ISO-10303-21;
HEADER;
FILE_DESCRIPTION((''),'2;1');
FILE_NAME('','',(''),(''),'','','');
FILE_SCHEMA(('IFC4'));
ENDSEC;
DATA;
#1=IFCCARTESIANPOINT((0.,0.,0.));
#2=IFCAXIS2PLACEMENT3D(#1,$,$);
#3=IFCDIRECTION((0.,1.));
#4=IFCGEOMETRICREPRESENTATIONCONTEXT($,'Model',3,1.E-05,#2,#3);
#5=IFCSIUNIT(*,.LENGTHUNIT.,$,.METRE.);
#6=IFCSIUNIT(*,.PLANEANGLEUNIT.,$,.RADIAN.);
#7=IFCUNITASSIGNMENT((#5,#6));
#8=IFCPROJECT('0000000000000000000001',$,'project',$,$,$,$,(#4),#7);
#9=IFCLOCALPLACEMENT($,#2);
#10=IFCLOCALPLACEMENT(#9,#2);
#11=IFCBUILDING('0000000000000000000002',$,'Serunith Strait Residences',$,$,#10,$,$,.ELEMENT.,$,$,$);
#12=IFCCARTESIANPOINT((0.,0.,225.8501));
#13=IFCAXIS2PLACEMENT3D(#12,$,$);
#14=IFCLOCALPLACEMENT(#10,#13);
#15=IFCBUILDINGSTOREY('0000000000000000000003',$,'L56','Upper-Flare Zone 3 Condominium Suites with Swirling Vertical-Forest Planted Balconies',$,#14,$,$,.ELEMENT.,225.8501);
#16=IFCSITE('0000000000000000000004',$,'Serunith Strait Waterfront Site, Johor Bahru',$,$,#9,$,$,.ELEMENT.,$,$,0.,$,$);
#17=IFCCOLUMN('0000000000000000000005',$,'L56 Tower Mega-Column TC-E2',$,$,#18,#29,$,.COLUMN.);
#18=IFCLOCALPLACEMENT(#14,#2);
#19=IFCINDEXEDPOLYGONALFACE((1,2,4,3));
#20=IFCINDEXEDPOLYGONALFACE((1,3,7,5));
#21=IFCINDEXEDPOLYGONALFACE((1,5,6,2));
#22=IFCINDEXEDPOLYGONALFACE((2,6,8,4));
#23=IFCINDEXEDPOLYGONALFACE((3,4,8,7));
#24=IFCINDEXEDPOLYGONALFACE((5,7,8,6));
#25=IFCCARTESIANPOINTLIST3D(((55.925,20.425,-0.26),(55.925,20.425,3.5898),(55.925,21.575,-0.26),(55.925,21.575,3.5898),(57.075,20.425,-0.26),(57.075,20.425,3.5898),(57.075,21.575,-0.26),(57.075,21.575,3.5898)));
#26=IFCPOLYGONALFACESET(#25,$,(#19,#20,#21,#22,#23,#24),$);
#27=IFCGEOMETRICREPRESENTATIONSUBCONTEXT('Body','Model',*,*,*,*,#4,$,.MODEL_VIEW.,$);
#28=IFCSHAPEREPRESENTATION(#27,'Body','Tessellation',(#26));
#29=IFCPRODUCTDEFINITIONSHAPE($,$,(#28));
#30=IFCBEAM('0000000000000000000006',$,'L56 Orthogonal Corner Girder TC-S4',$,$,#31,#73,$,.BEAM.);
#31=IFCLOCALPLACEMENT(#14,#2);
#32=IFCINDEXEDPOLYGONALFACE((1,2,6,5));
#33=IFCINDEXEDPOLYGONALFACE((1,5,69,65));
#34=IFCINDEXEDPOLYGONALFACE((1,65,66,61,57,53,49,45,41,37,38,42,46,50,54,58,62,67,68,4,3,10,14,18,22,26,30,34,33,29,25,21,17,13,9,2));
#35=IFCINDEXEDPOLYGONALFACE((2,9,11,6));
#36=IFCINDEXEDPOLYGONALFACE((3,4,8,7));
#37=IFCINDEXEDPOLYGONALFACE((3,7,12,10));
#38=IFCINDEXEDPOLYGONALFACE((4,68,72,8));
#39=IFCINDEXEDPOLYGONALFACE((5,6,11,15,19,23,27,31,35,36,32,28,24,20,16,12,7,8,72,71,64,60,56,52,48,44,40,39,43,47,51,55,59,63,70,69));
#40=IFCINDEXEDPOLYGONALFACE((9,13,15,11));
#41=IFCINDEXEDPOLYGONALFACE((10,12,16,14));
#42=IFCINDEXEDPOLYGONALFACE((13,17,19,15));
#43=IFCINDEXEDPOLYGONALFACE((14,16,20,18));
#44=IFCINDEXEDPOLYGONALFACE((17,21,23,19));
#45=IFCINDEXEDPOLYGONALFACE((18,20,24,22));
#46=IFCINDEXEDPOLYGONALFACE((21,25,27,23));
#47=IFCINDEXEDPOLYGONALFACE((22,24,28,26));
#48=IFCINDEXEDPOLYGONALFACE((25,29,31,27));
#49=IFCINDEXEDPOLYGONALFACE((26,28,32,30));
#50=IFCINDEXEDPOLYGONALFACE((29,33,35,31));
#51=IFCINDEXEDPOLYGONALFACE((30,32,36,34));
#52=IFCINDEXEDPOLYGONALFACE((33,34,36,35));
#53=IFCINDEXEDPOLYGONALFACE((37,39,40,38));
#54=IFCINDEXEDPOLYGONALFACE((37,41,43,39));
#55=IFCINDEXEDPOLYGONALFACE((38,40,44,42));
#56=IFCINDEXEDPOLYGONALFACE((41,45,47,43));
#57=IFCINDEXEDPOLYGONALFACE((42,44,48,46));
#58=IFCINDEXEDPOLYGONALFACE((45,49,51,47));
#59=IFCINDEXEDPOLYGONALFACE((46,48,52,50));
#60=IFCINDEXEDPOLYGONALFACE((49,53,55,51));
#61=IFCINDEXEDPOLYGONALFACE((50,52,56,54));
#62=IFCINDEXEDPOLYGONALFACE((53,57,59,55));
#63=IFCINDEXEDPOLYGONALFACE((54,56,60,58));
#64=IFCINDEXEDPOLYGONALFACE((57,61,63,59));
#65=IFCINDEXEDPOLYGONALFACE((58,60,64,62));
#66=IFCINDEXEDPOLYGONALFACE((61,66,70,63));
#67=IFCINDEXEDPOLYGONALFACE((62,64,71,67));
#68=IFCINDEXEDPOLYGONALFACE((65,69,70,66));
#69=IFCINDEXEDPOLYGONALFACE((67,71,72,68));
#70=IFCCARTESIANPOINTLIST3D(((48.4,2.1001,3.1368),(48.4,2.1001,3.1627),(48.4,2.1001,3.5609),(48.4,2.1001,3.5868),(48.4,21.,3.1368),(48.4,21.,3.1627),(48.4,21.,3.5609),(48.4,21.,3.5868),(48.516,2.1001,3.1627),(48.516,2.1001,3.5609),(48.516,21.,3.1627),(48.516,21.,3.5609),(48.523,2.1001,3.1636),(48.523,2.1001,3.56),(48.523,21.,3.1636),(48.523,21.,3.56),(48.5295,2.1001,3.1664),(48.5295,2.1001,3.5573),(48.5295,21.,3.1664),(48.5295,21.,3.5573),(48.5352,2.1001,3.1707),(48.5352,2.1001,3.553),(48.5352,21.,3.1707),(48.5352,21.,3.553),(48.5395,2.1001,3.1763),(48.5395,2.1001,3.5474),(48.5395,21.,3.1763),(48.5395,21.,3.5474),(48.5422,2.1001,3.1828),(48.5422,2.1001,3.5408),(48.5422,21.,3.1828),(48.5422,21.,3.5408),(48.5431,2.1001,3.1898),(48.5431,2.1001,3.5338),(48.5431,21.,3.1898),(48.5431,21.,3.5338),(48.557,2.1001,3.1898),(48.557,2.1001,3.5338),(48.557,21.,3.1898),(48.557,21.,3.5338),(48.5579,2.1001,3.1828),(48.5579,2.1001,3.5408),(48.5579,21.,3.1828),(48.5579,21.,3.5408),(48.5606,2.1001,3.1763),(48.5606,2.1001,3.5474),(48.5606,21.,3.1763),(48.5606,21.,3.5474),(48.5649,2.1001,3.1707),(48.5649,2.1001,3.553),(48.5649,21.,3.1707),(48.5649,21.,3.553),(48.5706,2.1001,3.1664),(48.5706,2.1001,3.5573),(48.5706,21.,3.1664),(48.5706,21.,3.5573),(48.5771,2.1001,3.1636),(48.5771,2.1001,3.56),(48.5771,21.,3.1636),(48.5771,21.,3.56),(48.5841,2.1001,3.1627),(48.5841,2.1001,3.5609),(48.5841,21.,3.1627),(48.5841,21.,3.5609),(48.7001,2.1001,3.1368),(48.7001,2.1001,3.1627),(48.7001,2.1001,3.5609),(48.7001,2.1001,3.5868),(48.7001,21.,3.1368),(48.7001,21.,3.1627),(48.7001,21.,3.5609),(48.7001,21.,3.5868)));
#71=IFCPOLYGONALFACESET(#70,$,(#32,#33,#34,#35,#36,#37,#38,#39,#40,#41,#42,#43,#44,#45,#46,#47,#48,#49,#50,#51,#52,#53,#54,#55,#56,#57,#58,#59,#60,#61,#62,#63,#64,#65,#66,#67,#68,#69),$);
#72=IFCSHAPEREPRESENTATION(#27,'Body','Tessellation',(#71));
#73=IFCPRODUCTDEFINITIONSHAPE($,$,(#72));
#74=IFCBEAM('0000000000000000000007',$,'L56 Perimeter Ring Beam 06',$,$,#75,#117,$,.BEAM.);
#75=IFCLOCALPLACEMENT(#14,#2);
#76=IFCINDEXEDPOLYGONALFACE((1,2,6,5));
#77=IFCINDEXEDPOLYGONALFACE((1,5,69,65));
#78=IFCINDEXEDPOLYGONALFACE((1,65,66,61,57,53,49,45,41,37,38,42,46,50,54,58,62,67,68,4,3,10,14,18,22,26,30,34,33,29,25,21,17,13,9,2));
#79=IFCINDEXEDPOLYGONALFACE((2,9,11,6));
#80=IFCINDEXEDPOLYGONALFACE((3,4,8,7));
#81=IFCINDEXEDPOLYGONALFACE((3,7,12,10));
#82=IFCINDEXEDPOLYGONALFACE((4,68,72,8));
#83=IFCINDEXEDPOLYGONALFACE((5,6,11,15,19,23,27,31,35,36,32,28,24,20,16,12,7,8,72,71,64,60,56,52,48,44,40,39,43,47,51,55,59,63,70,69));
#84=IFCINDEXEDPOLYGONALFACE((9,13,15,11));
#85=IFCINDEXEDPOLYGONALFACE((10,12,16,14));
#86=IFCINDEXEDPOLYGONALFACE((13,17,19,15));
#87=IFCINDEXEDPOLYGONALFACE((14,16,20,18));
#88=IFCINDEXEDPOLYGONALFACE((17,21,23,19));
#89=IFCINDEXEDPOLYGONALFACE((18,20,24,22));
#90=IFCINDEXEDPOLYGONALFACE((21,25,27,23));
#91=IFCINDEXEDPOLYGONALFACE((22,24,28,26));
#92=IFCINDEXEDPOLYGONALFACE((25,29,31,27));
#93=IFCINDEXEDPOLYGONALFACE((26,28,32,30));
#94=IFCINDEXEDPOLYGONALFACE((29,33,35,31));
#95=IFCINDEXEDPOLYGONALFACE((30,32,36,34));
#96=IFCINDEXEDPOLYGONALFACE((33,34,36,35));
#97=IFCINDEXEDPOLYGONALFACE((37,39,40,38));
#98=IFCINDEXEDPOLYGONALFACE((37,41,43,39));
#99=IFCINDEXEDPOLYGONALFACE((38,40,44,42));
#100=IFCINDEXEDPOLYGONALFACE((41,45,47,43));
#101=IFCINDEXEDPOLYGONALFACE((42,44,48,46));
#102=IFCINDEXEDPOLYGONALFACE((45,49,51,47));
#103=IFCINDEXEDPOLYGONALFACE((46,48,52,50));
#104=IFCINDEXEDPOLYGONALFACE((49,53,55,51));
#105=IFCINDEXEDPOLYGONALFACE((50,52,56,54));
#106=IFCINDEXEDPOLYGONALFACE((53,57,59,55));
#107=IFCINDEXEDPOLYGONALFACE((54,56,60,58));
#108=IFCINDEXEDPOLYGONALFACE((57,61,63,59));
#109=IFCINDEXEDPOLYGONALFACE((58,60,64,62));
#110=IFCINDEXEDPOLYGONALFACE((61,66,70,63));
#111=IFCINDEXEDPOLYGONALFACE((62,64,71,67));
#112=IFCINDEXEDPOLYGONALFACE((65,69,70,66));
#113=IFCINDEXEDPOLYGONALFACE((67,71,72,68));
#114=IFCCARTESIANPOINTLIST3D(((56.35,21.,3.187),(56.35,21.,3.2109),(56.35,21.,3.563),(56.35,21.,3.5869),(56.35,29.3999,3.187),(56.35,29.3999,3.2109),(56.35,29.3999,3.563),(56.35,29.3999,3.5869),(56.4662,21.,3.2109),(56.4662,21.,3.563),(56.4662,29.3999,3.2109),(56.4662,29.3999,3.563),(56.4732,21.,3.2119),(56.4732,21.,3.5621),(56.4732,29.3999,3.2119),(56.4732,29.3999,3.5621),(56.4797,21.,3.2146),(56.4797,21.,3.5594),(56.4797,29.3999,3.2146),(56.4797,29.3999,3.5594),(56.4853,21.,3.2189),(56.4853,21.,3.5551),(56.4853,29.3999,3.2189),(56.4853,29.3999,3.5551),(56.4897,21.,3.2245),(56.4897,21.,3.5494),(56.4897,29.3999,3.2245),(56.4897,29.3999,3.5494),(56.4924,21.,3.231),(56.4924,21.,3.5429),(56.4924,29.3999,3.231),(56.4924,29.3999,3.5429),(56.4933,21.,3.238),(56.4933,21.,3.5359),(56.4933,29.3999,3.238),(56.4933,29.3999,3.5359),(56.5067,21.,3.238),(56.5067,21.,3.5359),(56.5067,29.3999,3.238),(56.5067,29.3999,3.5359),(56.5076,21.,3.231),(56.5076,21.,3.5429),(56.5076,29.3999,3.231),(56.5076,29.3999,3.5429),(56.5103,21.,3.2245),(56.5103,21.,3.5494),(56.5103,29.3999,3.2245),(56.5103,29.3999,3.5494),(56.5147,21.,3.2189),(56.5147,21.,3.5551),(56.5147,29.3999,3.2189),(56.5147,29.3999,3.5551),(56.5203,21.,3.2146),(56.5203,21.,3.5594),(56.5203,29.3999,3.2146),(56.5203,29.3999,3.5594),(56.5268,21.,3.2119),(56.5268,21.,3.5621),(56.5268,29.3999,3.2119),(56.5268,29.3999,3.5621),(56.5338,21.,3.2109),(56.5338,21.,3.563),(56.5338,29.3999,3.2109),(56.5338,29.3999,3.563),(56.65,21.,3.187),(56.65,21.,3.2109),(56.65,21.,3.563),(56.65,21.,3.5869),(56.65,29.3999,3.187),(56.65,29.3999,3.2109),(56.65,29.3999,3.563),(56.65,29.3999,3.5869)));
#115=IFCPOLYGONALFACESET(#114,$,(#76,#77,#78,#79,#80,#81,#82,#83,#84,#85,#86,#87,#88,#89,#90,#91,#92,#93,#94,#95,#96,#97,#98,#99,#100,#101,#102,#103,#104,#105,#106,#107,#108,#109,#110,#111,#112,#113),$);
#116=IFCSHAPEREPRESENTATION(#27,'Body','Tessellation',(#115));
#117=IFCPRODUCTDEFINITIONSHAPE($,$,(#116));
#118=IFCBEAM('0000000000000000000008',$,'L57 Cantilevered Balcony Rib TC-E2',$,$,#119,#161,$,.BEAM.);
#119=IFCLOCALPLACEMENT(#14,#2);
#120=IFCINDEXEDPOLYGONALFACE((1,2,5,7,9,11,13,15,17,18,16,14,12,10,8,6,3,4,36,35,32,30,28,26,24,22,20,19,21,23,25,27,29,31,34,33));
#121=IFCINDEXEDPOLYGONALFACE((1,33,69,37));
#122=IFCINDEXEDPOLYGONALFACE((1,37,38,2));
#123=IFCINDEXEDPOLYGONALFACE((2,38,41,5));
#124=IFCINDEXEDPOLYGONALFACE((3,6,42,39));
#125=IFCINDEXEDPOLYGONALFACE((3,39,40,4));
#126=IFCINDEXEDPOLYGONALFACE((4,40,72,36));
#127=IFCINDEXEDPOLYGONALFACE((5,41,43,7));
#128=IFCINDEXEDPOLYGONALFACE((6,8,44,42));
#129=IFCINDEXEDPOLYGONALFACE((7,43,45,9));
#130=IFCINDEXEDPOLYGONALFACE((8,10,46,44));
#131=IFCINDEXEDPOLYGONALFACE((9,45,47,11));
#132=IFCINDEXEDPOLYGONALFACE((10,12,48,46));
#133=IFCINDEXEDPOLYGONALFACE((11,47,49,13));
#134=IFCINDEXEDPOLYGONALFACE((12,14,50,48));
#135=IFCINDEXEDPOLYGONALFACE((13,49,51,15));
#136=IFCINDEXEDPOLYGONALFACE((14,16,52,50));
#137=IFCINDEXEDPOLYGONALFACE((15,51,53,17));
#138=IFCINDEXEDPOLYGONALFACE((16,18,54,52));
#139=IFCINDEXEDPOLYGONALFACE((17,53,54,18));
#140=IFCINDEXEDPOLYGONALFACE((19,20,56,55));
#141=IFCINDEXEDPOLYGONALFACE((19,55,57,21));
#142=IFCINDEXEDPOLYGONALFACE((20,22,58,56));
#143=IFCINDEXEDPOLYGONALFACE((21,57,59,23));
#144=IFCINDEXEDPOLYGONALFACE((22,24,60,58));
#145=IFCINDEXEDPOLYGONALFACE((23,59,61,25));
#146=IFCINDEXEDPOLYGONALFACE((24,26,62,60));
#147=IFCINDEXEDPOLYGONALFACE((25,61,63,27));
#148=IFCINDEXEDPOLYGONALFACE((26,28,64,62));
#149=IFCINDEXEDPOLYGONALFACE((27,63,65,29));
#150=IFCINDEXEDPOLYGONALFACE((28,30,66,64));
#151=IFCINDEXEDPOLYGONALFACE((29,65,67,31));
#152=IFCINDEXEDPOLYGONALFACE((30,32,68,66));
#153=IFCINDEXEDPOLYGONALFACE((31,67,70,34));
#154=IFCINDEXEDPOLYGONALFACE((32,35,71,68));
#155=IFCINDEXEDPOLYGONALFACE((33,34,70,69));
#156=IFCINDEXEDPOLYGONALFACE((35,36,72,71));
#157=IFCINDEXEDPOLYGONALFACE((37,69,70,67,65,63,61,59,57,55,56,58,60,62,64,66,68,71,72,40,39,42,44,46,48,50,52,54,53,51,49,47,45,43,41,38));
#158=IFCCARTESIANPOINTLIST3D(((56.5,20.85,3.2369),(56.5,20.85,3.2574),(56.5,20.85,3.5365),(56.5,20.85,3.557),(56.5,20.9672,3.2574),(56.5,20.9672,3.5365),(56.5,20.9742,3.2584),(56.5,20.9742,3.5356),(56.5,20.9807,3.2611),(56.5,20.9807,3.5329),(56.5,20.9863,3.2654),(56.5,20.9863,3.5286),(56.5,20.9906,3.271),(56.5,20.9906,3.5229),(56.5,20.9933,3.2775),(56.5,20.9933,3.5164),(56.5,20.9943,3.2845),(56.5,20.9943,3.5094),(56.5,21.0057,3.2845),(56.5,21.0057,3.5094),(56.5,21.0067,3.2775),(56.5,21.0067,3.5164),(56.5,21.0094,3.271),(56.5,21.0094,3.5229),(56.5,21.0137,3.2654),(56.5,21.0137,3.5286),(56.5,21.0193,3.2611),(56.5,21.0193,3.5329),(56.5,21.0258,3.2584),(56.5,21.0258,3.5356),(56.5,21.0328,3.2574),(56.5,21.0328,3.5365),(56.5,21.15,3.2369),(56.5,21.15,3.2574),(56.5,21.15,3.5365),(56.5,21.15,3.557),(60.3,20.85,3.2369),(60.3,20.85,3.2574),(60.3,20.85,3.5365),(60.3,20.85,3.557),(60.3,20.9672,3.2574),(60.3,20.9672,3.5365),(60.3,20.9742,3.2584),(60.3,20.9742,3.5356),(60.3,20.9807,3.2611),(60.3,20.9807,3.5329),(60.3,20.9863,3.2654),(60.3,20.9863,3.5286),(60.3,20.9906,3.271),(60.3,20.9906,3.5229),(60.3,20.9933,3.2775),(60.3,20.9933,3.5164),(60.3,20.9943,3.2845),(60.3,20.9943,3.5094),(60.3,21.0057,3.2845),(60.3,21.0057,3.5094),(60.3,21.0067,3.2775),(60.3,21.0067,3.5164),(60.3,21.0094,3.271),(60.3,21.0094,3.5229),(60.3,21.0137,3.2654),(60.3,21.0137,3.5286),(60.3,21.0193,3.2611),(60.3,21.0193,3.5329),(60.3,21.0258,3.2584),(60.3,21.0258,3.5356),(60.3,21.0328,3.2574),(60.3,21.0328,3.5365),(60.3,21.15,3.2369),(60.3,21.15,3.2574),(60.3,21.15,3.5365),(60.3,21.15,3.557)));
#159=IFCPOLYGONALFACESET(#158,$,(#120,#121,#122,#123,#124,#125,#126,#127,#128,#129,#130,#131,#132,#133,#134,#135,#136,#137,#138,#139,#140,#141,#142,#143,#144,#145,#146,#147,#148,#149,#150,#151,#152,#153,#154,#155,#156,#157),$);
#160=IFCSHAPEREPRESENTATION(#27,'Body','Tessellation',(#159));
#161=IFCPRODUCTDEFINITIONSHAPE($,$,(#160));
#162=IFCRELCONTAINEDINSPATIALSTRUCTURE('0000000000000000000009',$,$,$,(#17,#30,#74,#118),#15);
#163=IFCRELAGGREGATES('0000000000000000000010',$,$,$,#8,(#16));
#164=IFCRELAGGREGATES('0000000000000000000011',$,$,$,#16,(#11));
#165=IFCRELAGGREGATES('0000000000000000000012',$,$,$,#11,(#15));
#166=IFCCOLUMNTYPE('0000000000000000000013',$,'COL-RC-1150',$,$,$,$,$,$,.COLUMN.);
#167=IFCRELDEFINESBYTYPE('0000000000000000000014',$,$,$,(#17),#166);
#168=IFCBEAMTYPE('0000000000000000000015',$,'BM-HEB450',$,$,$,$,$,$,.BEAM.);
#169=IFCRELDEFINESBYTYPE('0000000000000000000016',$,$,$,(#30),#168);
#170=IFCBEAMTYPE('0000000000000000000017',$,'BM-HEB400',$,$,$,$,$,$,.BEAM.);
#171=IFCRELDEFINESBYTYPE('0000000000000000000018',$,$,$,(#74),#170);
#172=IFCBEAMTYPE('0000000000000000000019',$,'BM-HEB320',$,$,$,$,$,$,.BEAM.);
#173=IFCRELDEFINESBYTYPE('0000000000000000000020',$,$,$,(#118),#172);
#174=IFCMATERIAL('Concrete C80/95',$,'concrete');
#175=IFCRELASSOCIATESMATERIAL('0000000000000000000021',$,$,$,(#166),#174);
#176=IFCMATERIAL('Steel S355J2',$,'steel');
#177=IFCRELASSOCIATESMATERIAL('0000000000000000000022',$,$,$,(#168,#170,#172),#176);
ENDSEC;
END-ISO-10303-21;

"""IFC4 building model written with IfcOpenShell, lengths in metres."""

from ifc_helpers import new_model, si_unit, direction, frame, origin, origin_2d, place, context, subcontext, project, spatial, rectangle, i_section, extrude, source, transform, mapped, material, material_profile, profile_set, type_object, element, save


model = new_model("IFC4")

# Units and contexts
model_context = context("Model", 3, precision=1e-05, world=origin(), true_north=direction((0.0, 1.0)))
body_context = subcontext(model_context, "Body", "Model", "MODEL_VIEW")
ifc_project = project(units=[si_unit("LENGTHUNIT", "METRE"), si_unit("PLANEANGLEUNIT", "RADIAN")], contexts=[model_context])

# Site, building, storey
site_placement = place(None, origin())
site = spatial("IfcSite", under=ifc_project, at=site_placement, Name="Serunith Strait Waterfront Site, Johor Bahru", CompositionType="ELEMENT", RefElevation=0.0)
building_placement = place(site_placement, origin())
building = spatial("IfcBuilding", under=site, at=building_placement, Name="Serunith Strait Residences", CompositionType="ELEMENT")
storey_placement = place(building_placement, frame((0.0, 0.0, 225.8501)))
storey = spatial("IfcBuildingStorey", under=building, at=storey_placement, Name="L56", Description="Upper-Flare Zone 3 Condominium Suites with Swirling Vertical-Forest Planted Balconies", CompositionType="ELEMENT", Elevation=225.8501)

# Column
ifc_material_1 = material(Name="Concrete C80/95", Category="concrete")
ifc_material_profile_1 = material_profile(ifc_material_1, rectangle(XDim=1.1499, YDim=1.1499, at=origin_2d()), Name="RC 1150x1150")
ifc_profile_set_1 = profile_set([ifc_material_profile_1], Name="Concrete C80/95")
column_type = type_object("IfcColumnType", Name="COL-RC-1150", PredefinedType="COLUMN", material=ifc_profile_set_1)
shared_shape_1 = source(origin(), body_context, "Body", "SweptSolid", [
    extrude(rectangle(XDim=1.1499, YDim=1.1499, at=origin_2d()), origin(), (0.0, 0.0, 1.0), 3.8499),
])
column_placement = place(storey_placement, frame((56.5, 21.0, -0.26), z_axis=(0.0, 0.0, 1.0), x_axis=(1.0, 0.0, 0.0)))
element("IfcColumn", 1, at=column_placement, inside=storey, type_object=column_type, Name="L56 Tower Mega-Column TC-E2", PredefinedType="COLUMN", context=body_context, shape_type="MappedRepresentation", body=[
    mapped(shared_shape_1, transform((0.0, 0.0, 0.0), scale=1.0)),
])

# Beams
ifc_material_2 = material(Name="Steel S355J2", Category="steel")
ifc_material_profile_2 = material_profile(ifc_material_2, i_section(OverallWidth=0.3, OverallDepth=0.45, WebThickness=0.0139, FlangeThickness=0.0259, FilletRadius=0.0271, at=origin_2d()), Name="HEB 450")
ifc_profile_set_2 = profile_set([ifc_material_profile_2], Name="Steel S355J2")
beam_type_1 = type_object("IfcBeamType", Name="BM-HEB450", PredefinedType="BEAM", material=ifc_profile_set_2)
shared_shape_2 = source(origin(), body_context, "Body", "SweptSolid", [
    extrude(i_section(OverallWidth=0.3, OverallDepth=0.45, WebThickness=0.0139, FlangeThickness=0.0259, FilletRadius=0.0271, at=origin_2d()), origin(), (0.0, 0.0, 1.0), 18.8999),
])
beam_1_placement = place(storey_placement, frame((48.55, 21.0, 3.3618), z_axis=(0.0, -1.0, 0.0), x_axis=(1.0, 0.0, 0.0)))
element("IfcBeam", 2, at=beam_1_placement, inside=storey, type_object=beam_type_1, Name="L56 Orthogonal Corner Girder TC-S4", PredefinedType="BEAM", context=body_context, shape_type="MappedRepresentation", body=[
    mapped(shared_shape_2, transform((0.0, 0.0, 0.0), scale=1.0)),
])
ifc_material_profile_3 = material_profile(ifc_material_2, i_section(OverallWidth=0.3, OverallDepth=0.3999, WebThickness=0.0134, FlangeThickness=0.0239, FilletRadius=0.0271, at=origin_2d()), Name="HEB 400")
ifc_profile_set_3 = profile_set([ifc_material_profile_3], Name="Steel S355J2")
beam_type_2 = type_object("IfcBeamType", Name="BM-HEB400", PredefinedType="BEAM", material=ifc_profile_set_3)
shared_shape_3 = source(origin(), body_context, "Body", "SweptSolid", [
    extrude(i_section(OverallWidth=0.3, OverallDepth=0.3999, WebThickness=0.0134, FlangeThickness=0.0239, FilletRadius=0.0271, at=origin_2d()), origin(), (0.0, 0.0, 1.0), 8.3999),
])
beam_2_placement = place(storey_placement, frame((56.5, 21.0, 3.387), z_axis=(0.0, 1.0, 0.0), x_axis=(-1.0, 0.0, 0.0)))
element("IfcBeam", 3, at=beam_2_placement, inside=storey, type_object=beam_type_2, Name="L56 Perimeter Ring Beam 06", PredefinedType="BEAM", context=body_context, shape_type="MappedRepresentation", body=[
    mapped(shared_shape_3, transform((0.0, 0.0, 0.0), scale=1.0)),
])
ifc_material_profile_4 = material_profile(ifc_material_2, i_section(OverallWidth=0.3, OverallDepth=0.3201, WebThickness=0.0115, FlangeThickness=0.0205, FilletRadius=0.0271, at=origin_2d()), Name="HEB 320")
ifc_profile_set_4 = profile_set([ifc_material_profile_4], Name="Steel S355J2")
beam_type_3 = type_object("IfcBeamType", Name="BM-HEB320", PredefinedType="BEAM", material=ifc_profile_set_4)
shared_shape_4 = source(origin(), body_context, "Body", "SweptSolid", [
    extrude(i_section(OverallWidth=0.3, OverallDepth=0.3201, WebThickness=0.0115, FlangeThickness=0.0205, FilletRadius=0.0271, at=origin_2d()), origin(), (0.0, 0.0, 1.0), 3.8),
])
beam_3_placement = place(storey_placement, frame((56.5, 21.0, 3.397), z_axis=(1.0, 0.0, 0.0), x_axis=(0.0, 1.0, 0.0)))
element("IfcBeam", 4, at=beam_3_placement, inside=storey, type_object=beam_type_3, Name="L57 Cantilevered Balcony Rib TC-E2", PredefinedType="BEAM", context=body_context, shape_type="MappedRepresentation", body=[
    mapped(shared_shape_4, transform((0.0, 0.0, 0.0), scale=1.0)),
])

save(model, "model.ifc")
